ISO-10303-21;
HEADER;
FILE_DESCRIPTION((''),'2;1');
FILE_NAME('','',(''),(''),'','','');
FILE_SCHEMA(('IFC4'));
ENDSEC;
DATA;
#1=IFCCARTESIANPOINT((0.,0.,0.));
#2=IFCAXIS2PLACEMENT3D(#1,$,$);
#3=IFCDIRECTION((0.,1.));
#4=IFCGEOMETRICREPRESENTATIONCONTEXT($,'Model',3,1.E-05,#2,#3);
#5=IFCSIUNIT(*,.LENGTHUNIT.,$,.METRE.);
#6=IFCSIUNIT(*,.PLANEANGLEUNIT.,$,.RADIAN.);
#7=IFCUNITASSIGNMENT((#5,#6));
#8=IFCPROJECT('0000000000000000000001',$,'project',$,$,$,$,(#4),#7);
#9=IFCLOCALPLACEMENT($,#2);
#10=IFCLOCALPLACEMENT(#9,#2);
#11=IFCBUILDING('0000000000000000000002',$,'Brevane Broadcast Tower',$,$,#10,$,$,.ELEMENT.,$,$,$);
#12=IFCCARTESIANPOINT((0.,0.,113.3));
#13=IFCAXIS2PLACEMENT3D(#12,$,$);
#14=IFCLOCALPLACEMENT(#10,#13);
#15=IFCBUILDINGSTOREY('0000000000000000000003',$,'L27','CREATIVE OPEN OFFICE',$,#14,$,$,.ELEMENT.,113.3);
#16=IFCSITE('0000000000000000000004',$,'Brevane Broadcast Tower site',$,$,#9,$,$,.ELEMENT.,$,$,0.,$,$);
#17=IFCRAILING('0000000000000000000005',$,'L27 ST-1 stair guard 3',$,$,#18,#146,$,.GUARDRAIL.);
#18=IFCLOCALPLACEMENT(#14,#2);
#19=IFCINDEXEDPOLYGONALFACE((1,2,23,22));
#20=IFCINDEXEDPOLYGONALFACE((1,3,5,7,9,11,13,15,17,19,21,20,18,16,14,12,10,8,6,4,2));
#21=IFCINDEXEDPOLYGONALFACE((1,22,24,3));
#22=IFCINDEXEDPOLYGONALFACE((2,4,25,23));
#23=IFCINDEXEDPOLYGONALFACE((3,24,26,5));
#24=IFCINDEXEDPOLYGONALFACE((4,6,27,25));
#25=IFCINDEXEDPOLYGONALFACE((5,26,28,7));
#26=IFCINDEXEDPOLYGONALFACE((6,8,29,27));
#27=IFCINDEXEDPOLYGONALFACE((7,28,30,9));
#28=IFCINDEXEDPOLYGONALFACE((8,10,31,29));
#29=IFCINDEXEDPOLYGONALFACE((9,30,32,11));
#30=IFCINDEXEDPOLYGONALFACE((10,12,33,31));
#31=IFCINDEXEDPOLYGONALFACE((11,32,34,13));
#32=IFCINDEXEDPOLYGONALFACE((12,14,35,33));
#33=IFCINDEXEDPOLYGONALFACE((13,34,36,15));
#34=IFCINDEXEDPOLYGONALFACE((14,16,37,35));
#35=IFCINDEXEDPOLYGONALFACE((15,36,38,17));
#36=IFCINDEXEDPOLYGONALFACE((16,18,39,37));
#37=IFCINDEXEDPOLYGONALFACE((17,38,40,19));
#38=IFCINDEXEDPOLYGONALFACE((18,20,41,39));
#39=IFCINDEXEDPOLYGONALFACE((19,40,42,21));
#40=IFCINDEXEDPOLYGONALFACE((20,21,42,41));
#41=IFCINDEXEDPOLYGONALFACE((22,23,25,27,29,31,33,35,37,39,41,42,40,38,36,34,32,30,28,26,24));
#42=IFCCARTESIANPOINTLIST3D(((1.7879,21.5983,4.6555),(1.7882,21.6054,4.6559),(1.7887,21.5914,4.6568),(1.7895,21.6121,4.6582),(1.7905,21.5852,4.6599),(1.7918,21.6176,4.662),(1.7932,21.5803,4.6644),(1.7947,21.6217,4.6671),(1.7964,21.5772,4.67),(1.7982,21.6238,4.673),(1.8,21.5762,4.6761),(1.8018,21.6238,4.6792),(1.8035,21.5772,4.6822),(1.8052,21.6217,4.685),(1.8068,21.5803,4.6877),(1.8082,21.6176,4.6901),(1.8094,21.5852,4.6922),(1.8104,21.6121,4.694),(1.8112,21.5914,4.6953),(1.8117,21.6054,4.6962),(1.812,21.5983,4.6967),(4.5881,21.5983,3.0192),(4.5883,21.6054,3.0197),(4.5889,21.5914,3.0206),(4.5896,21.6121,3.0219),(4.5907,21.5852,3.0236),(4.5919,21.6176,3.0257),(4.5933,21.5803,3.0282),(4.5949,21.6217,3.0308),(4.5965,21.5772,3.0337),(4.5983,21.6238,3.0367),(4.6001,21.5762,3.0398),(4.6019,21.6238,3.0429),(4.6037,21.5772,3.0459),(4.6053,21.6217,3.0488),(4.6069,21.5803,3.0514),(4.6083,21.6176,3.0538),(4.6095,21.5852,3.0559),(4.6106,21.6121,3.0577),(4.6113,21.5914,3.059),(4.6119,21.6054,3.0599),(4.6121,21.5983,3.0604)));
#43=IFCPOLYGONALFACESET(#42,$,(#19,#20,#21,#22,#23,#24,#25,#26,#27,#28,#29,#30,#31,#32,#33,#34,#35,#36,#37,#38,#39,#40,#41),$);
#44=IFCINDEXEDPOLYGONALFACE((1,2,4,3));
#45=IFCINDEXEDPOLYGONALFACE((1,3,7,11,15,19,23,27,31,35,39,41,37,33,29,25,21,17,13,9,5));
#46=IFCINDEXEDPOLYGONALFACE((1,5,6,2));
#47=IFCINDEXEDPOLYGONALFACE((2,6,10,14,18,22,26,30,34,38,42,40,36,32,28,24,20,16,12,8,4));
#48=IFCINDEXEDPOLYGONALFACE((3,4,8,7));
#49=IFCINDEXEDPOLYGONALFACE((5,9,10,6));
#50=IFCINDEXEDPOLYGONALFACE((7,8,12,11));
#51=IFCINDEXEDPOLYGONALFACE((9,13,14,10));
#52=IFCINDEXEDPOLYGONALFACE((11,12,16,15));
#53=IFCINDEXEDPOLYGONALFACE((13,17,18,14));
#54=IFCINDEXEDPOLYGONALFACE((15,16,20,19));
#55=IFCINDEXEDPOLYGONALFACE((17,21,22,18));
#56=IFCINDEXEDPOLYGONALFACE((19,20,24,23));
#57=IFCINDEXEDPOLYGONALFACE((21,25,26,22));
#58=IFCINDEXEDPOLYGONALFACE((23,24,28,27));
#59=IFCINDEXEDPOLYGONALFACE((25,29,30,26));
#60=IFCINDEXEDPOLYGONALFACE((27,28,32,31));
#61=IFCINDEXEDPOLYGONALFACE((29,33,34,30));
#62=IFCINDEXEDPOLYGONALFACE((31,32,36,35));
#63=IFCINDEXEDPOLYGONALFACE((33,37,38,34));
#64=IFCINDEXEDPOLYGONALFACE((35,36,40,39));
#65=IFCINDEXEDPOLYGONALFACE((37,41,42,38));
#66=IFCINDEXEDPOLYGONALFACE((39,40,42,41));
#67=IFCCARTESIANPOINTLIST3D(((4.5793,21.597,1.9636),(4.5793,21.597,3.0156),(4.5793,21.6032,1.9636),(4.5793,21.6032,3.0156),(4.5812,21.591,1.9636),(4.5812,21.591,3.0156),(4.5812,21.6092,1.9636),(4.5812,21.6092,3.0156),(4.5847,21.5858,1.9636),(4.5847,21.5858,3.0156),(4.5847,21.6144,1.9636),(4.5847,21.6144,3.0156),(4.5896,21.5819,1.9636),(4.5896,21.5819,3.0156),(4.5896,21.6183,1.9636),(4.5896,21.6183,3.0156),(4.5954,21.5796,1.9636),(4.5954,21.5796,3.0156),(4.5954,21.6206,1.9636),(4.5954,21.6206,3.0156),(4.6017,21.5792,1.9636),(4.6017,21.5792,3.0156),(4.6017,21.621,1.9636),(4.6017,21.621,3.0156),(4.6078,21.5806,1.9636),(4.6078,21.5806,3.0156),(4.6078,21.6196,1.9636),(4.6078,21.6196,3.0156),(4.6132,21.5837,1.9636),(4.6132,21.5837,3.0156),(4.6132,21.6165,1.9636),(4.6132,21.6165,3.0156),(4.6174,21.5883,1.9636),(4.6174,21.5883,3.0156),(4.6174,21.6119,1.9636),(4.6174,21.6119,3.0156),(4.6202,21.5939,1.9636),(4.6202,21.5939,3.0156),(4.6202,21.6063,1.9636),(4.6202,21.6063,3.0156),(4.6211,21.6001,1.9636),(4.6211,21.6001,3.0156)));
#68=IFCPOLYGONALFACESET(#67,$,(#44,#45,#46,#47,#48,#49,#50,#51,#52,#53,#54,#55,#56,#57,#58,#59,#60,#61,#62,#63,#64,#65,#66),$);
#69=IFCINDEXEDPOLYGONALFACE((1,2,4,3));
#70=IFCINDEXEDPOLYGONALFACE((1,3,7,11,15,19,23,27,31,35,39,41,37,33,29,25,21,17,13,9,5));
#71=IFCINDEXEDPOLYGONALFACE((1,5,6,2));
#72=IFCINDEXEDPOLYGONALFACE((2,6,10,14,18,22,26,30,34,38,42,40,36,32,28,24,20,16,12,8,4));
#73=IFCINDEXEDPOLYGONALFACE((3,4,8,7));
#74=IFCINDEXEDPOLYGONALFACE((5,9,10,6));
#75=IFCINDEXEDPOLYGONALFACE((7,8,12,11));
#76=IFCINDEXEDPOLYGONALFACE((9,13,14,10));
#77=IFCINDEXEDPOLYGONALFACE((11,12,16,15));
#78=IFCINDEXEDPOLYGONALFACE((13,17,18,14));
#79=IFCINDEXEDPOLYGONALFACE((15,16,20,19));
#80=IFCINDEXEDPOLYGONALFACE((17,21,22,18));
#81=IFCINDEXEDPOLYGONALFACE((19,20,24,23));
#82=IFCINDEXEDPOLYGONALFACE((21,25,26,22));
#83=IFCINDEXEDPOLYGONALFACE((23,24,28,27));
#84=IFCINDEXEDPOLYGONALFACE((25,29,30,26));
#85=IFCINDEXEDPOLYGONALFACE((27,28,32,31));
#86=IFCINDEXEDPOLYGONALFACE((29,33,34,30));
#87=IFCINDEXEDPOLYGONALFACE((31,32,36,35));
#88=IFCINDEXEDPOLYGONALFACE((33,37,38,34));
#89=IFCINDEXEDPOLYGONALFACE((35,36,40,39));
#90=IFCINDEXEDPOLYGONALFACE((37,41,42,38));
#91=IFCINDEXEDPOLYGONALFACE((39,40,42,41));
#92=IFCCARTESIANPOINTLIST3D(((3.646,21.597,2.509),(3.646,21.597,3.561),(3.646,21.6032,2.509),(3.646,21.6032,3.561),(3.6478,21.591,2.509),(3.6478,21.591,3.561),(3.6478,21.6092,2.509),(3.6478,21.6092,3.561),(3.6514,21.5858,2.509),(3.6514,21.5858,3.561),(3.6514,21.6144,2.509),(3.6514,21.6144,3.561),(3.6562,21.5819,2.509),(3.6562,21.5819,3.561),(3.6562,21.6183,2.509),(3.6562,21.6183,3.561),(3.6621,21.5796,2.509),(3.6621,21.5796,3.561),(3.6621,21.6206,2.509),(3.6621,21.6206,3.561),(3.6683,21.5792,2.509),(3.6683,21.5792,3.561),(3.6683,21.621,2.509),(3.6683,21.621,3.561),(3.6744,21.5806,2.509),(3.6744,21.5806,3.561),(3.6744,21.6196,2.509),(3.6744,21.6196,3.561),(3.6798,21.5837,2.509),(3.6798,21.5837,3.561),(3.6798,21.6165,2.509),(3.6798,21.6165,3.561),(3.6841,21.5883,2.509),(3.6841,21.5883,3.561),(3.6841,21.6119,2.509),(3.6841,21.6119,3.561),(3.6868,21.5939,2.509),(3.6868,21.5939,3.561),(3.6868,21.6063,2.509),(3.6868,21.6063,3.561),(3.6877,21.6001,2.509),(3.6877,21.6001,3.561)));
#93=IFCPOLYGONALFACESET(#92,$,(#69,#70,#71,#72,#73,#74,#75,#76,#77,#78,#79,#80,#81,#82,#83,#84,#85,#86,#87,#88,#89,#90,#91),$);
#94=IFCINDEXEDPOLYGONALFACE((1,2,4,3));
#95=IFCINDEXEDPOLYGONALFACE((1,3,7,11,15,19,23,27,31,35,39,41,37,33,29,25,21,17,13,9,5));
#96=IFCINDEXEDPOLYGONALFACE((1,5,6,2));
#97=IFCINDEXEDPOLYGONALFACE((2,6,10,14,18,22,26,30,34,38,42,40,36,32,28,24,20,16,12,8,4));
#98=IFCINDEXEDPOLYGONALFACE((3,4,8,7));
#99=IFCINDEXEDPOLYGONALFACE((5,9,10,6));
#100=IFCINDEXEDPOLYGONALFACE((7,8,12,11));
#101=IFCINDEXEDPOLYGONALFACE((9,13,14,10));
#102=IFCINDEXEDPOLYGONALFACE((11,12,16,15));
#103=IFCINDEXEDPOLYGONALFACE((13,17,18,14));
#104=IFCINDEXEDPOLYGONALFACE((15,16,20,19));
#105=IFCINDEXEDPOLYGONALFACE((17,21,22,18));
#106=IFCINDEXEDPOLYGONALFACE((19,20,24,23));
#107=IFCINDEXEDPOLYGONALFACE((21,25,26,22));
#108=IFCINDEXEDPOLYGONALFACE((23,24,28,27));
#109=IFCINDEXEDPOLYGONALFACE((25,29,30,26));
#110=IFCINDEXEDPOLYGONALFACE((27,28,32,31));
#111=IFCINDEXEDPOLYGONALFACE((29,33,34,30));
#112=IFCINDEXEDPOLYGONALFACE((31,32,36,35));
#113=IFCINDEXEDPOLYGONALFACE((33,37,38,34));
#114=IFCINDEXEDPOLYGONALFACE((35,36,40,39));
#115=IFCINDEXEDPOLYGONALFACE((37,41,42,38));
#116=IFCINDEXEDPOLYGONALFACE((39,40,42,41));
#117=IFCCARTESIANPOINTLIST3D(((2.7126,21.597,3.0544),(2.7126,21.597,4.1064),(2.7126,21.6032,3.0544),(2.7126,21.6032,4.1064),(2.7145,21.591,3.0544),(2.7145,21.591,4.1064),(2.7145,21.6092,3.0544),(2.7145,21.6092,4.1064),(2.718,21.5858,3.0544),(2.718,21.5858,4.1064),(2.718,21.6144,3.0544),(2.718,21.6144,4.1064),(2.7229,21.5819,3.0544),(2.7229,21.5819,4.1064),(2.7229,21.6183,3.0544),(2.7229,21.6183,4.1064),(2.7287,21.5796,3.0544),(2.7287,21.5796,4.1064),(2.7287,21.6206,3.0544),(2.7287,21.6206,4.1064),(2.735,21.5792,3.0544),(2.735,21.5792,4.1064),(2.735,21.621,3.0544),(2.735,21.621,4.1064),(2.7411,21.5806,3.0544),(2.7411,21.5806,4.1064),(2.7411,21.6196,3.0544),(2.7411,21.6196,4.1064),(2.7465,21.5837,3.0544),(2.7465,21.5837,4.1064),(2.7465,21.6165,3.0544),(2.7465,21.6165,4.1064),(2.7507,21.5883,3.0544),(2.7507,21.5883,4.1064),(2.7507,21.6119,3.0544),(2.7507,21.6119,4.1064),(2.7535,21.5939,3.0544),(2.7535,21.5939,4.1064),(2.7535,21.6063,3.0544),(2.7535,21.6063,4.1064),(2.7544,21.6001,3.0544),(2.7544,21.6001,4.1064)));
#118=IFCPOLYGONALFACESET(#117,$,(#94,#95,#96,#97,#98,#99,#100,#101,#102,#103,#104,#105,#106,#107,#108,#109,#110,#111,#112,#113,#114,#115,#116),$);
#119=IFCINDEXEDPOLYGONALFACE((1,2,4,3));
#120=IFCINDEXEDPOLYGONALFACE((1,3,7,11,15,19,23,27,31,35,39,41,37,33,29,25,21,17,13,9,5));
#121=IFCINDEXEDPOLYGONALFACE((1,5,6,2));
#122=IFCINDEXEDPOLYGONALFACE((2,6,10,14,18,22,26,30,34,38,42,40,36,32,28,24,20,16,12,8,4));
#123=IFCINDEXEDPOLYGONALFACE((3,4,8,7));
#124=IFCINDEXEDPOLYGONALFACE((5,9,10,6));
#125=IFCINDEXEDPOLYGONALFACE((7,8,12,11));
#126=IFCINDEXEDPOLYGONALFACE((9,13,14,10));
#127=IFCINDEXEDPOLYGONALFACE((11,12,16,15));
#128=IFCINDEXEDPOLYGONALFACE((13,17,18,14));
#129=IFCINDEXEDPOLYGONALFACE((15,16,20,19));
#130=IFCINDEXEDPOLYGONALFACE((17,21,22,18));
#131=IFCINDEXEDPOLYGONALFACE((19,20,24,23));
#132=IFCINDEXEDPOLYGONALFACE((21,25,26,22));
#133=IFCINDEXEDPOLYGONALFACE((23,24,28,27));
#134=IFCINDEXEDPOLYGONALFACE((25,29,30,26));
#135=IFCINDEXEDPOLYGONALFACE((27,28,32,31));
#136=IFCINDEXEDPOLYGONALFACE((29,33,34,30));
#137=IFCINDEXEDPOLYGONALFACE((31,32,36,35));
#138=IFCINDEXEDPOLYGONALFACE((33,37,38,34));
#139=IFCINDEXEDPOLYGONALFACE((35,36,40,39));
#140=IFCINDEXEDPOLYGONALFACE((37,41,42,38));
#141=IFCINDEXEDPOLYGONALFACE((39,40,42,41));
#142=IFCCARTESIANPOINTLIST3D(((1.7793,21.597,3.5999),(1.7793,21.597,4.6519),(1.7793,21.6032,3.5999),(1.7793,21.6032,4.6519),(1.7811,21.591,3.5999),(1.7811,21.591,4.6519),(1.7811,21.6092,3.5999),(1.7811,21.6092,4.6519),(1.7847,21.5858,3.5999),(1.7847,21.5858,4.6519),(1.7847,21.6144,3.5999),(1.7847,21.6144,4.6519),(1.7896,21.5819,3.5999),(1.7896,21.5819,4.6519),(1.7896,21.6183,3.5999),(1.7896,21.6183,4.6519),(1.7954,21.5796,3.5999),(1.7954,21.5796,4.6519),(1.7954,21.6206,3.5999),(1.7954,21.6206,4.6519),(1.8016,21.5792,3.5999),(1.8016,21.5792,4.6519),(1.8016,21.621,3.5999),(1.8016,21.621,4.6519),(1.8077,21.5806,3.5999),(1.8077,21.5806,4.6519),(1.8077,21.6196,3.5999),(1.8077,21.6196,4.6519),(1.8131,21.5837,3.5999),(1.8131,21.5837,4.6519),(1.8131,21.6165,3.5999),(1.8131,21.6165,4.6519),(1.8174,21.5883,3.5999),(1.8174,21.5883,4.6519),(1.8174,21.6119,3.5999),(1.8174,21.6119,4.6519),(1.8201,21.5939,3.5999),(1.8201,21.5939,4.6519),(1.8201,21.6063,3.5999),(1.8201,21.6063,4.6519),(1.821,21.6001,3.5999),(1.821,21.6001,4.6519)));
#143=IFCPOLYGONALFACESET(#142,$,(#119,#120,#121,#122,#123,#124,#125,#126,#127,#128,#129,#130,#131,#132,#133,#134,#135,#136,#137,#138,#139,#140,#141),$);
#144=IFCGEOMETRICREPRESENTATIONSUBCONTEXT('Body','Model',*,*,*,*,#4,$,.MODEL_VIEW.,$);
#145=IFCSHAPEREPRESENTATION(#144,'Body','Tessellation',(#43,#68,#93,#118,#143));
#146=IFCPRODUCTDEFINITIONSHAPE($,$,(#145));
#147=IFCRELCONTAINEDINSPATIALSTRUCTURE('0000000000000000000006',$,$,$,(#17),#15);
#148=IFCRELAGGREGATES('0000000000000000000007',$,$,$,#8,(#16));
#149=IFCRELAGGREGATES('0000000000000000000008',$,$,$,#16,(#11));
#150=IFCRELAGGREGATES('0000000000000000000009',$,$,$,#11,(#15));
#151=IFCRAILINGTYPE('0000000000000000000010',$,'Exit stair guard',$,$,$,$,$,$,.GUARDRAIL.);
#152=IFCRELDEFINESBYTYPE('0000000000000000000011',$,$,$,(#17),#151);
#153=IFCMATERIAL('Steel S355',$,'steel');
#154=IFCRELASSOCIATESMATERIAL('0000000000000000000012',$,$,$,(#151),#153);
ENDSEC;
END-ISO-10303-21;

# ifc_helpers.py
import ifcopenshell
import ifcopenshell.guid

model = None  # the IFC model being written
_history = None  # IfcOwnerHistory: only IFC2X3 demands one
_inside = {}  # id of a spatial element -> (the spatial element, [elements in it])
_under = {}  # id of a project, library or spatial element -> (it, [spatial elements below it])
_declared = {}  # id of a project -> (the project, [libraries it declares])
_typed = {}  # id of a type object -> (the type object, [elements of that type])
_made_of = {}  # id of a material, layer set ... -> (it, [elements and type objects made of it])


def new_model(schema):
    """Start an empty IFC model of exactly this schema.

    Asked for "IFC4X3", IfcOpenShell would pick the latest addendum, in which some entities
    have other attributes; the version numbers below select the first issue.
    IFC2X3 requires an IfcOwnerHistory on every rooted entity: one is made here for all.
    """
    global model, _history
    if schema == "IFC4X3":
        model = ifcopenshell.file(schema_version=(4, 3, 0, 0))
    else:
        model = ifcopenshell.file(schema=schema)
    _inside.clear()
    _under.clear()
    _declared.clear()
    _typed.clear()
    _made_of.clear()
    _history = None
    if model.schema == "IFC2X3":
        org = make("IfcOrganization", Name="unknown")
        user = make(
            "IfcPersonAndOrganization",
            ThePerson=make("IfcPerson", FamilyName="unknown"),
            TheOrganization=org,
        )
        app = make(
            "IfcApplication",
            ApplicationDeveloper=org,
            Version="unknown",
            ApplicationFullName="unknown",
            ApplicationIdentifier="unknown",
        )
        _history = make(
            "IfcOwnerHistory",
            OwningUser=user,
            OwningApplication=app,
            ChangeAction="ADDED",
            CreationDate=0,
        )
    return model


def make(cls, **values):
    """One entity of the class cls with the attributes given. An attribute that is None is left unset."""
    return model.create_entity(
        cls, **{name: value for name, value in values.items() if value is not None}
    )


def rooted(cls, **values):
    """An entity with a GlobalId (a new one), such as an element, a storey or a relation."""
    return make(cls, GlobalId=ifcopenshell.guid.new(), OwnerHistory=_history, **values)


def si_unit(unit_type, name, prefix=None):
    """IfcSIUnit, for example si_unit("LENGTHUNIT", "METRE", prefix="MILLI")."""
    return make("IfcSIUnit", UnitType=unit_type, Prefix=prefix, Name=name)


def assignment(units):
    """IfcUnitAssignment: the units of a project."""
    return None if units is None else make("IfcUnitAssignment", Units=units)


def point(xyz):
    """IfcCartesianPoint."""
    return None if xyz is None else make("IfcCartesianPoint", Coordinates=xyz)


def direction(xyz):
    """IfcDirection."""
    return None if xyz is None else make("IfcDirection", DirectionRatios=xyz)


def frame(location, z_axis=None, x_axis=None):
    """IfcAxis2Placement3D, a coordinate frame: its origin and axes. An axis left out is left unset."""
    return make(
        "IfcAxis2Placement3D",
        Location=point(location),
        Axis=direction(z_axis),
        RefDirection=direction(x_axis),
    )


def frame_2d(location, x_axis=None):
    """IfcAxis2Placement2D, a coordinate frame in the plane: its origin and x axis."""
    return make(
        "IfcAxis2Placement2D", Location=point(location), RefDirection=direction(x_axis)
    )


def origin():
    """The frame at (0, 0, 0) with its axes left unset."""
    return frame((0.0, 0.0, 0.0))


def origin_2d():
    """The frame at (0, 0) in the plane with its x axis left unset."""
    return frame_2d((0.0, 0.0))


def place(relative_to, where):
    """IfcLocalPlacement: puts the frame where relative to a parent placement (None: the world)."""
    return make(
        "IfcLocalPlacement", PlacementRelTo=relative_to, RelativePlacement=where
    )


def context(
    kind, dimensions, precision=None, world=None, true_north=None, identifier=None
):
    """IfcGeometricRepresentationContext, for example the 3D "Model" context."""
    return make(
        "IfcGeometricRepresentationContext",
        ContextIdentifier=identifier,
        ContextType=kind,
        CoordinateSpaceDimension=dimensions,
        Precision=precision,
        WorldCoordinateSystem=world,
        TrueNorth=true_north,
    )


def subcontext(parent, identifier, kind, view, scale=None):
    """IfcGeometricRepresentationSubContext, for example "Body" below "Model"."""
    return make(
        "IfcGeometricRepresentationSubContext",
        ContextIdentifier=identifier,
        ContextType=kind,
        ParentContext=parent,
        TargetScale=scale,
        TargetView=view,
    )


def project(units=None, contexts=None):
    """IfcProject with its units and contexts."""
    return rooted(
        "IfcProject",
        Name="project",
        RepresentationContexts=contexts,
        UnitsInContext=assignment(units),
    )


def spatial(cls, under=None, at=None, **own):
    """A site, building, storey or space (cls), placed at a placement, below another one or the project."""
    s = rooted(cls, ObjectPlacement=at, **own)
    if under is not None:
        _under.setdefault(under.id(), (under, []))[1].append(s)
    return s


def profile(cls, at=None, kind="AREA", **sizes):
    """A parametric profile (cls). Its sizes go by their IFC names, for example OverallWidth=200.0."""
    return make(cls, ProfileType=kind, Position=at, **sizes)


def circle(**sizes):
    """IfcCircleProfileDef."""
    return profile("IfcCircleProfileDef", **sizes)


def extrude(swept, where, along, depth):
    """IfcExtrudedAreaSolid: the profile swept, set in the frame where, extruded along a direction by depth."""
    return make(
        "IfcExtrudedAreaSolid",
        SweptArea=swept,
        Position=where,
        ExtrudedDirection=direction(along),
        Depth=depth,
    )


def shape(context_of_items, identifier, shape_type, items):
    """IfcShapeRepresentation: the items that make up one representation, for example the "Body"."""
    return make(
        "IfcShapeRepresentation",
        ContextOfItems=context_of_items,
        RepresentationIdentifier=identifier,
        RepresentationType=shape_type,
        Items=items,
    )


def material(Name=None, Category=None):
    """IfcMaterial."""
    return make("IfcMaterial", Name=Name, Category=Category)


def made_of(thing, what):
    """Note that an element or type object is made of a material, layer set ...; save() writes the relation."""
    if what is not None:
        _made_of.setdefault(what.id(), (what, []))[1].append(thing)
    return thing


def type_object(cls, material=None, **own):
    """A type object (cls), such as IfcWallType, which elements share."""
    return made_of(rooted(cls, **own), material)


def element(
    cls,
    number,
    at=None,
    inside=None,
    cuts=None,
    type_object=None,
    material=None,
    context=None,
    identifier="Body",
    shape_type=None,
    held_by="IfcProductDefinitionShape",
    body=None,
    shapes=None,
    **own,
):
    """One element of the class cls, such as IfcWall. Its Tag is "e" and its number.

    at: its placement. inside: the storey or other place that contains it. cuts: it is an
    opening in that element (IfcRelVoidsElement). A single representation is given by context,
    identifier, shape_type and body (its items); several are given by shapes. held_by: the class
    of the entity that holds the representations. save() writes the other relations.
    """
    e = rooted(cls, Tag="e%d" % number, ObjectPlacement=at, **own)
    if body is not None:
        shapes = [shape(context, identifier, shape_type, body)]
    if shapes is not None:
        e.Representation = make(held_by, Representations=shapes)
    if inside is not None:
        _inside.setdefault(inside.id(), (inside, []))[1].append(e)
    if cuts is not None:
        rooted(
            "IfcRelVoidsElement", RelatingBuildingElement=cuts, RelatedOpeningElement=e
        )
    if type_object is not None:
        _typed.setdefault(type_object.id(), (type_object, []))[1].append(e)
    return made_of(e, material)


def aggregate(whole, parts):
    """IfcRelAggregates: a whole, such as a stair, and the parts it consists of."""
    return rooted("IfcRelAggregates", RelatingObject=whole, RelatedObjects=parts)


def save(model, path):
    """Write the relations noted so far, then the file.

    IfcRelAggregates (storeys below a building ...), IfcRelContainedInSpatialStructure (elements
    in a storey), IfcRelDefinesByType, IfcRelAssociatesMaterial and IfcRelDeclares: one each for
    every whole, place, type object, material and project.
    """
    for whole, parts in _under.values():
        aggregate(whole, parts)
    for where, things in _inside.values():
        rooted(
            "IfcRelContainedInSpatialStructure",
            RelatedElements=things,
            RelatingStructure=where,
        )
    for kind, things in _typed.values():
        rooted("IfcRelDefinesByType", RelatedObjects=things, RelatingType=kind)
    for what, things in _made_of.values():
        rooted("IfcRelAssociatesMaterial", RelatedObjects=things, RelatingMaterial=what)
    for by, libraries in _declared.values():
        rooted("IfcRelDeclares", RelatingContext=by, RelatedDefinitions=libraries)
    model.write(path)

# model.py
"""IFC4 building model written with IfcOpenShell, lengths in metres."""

from ifc_helpers import new_model, si_unit, direction, frame, origin, origin_2d, place, context, subcontext, project, spatial, circle, extrude, material, type_object, element, save


model = new_model("IFC4")

# Units and contexts
model_context = context("Model", 3, precision=1e-05, world=origin(), true_north=direction((0.0, 1.0)))
body_context = subcontext(model_context, "Body", "Model", "MODEL_VIEW")
ifc_project = project(units=[si_unit("LENGTHUNIT", "METRE"), si_unit("PLANEANGLEUNIT", "RADIAN")], contexts=[model_context])

# Site, building, storey
site_placement = place(None, origin())
site = spatial("IfcSite", under=ifc_project, at=site_placement, Name="Brevane Broadcast Tower site", CompositionType="ELEMENT", RefElevation=0.0)
building_placement = place(site_placement, origin())
building = spatial("IfcBuilding", under=site, at=building_placement, Name="Brevane Broadcast Tower", CompositionType="ELEMENT")
storey_placement = place(building_placement, frame((0.0, 0.0, 113.3)))
storey = spatial("IfcBuildingStorey", under=building, at=storey_placement, Name="L27", Description="CREATIVE OPEN OFFICE", CompositionType="ELEMENT", Elevation=113.3)

# Railing
ifc_material_1 = material(Name="Steel S355", Category="steel")
railing_type_1 = type_object("IfcRailingType", Name="Exit stair guard", PredefinedType="GUARDRAIL", material=ifc_material_1)
railing_1_placement = place(storey_placement, frame((4.6001, 21.6001, 1.9636)))
element("IfcRailing", 1, at=railing_1_placement, inside=storey, type_object=railing_type_1, Name="L27 ST-1 stair guard 3", PredefinedType="GUARDRAIL", context=body_context, shape_type="SweptSolid", body=[
    extrude(circle(Radius=0.0239, at=origin_2d()), frame((0.0, 0.0, 1.0762), z_axis=(-0.863394, 0.0, 0.504531), x_axis=(0.0, -1.0, 0.0)), (0.0, 0.0, 1.0), 3.2432),
    extrude(circle(Radius=0.021, at=origin_2d()), origin(), (0.0, 0.0, 1.0), 1.052),
    extrude(circle(Radius=0.021, at=origin_2d()), frame((-0.9333, 0.0, 0.5454)), (0.0, 0.0, 1.0), 1.052),
    extrude(circle(Radius=0.021, at=origin_2d()), frame((-1.8667, 0.0, 1.0908)), (0.0, 0.0, 1.0), 1.052),
    extrude(circle(Radius=0.021, at=origin_2d()), frame((-2.8, 0.0, 1.6362)), (0.0, 0.0, 1.0), 1.052),
])

save(model, "model.ifc")
